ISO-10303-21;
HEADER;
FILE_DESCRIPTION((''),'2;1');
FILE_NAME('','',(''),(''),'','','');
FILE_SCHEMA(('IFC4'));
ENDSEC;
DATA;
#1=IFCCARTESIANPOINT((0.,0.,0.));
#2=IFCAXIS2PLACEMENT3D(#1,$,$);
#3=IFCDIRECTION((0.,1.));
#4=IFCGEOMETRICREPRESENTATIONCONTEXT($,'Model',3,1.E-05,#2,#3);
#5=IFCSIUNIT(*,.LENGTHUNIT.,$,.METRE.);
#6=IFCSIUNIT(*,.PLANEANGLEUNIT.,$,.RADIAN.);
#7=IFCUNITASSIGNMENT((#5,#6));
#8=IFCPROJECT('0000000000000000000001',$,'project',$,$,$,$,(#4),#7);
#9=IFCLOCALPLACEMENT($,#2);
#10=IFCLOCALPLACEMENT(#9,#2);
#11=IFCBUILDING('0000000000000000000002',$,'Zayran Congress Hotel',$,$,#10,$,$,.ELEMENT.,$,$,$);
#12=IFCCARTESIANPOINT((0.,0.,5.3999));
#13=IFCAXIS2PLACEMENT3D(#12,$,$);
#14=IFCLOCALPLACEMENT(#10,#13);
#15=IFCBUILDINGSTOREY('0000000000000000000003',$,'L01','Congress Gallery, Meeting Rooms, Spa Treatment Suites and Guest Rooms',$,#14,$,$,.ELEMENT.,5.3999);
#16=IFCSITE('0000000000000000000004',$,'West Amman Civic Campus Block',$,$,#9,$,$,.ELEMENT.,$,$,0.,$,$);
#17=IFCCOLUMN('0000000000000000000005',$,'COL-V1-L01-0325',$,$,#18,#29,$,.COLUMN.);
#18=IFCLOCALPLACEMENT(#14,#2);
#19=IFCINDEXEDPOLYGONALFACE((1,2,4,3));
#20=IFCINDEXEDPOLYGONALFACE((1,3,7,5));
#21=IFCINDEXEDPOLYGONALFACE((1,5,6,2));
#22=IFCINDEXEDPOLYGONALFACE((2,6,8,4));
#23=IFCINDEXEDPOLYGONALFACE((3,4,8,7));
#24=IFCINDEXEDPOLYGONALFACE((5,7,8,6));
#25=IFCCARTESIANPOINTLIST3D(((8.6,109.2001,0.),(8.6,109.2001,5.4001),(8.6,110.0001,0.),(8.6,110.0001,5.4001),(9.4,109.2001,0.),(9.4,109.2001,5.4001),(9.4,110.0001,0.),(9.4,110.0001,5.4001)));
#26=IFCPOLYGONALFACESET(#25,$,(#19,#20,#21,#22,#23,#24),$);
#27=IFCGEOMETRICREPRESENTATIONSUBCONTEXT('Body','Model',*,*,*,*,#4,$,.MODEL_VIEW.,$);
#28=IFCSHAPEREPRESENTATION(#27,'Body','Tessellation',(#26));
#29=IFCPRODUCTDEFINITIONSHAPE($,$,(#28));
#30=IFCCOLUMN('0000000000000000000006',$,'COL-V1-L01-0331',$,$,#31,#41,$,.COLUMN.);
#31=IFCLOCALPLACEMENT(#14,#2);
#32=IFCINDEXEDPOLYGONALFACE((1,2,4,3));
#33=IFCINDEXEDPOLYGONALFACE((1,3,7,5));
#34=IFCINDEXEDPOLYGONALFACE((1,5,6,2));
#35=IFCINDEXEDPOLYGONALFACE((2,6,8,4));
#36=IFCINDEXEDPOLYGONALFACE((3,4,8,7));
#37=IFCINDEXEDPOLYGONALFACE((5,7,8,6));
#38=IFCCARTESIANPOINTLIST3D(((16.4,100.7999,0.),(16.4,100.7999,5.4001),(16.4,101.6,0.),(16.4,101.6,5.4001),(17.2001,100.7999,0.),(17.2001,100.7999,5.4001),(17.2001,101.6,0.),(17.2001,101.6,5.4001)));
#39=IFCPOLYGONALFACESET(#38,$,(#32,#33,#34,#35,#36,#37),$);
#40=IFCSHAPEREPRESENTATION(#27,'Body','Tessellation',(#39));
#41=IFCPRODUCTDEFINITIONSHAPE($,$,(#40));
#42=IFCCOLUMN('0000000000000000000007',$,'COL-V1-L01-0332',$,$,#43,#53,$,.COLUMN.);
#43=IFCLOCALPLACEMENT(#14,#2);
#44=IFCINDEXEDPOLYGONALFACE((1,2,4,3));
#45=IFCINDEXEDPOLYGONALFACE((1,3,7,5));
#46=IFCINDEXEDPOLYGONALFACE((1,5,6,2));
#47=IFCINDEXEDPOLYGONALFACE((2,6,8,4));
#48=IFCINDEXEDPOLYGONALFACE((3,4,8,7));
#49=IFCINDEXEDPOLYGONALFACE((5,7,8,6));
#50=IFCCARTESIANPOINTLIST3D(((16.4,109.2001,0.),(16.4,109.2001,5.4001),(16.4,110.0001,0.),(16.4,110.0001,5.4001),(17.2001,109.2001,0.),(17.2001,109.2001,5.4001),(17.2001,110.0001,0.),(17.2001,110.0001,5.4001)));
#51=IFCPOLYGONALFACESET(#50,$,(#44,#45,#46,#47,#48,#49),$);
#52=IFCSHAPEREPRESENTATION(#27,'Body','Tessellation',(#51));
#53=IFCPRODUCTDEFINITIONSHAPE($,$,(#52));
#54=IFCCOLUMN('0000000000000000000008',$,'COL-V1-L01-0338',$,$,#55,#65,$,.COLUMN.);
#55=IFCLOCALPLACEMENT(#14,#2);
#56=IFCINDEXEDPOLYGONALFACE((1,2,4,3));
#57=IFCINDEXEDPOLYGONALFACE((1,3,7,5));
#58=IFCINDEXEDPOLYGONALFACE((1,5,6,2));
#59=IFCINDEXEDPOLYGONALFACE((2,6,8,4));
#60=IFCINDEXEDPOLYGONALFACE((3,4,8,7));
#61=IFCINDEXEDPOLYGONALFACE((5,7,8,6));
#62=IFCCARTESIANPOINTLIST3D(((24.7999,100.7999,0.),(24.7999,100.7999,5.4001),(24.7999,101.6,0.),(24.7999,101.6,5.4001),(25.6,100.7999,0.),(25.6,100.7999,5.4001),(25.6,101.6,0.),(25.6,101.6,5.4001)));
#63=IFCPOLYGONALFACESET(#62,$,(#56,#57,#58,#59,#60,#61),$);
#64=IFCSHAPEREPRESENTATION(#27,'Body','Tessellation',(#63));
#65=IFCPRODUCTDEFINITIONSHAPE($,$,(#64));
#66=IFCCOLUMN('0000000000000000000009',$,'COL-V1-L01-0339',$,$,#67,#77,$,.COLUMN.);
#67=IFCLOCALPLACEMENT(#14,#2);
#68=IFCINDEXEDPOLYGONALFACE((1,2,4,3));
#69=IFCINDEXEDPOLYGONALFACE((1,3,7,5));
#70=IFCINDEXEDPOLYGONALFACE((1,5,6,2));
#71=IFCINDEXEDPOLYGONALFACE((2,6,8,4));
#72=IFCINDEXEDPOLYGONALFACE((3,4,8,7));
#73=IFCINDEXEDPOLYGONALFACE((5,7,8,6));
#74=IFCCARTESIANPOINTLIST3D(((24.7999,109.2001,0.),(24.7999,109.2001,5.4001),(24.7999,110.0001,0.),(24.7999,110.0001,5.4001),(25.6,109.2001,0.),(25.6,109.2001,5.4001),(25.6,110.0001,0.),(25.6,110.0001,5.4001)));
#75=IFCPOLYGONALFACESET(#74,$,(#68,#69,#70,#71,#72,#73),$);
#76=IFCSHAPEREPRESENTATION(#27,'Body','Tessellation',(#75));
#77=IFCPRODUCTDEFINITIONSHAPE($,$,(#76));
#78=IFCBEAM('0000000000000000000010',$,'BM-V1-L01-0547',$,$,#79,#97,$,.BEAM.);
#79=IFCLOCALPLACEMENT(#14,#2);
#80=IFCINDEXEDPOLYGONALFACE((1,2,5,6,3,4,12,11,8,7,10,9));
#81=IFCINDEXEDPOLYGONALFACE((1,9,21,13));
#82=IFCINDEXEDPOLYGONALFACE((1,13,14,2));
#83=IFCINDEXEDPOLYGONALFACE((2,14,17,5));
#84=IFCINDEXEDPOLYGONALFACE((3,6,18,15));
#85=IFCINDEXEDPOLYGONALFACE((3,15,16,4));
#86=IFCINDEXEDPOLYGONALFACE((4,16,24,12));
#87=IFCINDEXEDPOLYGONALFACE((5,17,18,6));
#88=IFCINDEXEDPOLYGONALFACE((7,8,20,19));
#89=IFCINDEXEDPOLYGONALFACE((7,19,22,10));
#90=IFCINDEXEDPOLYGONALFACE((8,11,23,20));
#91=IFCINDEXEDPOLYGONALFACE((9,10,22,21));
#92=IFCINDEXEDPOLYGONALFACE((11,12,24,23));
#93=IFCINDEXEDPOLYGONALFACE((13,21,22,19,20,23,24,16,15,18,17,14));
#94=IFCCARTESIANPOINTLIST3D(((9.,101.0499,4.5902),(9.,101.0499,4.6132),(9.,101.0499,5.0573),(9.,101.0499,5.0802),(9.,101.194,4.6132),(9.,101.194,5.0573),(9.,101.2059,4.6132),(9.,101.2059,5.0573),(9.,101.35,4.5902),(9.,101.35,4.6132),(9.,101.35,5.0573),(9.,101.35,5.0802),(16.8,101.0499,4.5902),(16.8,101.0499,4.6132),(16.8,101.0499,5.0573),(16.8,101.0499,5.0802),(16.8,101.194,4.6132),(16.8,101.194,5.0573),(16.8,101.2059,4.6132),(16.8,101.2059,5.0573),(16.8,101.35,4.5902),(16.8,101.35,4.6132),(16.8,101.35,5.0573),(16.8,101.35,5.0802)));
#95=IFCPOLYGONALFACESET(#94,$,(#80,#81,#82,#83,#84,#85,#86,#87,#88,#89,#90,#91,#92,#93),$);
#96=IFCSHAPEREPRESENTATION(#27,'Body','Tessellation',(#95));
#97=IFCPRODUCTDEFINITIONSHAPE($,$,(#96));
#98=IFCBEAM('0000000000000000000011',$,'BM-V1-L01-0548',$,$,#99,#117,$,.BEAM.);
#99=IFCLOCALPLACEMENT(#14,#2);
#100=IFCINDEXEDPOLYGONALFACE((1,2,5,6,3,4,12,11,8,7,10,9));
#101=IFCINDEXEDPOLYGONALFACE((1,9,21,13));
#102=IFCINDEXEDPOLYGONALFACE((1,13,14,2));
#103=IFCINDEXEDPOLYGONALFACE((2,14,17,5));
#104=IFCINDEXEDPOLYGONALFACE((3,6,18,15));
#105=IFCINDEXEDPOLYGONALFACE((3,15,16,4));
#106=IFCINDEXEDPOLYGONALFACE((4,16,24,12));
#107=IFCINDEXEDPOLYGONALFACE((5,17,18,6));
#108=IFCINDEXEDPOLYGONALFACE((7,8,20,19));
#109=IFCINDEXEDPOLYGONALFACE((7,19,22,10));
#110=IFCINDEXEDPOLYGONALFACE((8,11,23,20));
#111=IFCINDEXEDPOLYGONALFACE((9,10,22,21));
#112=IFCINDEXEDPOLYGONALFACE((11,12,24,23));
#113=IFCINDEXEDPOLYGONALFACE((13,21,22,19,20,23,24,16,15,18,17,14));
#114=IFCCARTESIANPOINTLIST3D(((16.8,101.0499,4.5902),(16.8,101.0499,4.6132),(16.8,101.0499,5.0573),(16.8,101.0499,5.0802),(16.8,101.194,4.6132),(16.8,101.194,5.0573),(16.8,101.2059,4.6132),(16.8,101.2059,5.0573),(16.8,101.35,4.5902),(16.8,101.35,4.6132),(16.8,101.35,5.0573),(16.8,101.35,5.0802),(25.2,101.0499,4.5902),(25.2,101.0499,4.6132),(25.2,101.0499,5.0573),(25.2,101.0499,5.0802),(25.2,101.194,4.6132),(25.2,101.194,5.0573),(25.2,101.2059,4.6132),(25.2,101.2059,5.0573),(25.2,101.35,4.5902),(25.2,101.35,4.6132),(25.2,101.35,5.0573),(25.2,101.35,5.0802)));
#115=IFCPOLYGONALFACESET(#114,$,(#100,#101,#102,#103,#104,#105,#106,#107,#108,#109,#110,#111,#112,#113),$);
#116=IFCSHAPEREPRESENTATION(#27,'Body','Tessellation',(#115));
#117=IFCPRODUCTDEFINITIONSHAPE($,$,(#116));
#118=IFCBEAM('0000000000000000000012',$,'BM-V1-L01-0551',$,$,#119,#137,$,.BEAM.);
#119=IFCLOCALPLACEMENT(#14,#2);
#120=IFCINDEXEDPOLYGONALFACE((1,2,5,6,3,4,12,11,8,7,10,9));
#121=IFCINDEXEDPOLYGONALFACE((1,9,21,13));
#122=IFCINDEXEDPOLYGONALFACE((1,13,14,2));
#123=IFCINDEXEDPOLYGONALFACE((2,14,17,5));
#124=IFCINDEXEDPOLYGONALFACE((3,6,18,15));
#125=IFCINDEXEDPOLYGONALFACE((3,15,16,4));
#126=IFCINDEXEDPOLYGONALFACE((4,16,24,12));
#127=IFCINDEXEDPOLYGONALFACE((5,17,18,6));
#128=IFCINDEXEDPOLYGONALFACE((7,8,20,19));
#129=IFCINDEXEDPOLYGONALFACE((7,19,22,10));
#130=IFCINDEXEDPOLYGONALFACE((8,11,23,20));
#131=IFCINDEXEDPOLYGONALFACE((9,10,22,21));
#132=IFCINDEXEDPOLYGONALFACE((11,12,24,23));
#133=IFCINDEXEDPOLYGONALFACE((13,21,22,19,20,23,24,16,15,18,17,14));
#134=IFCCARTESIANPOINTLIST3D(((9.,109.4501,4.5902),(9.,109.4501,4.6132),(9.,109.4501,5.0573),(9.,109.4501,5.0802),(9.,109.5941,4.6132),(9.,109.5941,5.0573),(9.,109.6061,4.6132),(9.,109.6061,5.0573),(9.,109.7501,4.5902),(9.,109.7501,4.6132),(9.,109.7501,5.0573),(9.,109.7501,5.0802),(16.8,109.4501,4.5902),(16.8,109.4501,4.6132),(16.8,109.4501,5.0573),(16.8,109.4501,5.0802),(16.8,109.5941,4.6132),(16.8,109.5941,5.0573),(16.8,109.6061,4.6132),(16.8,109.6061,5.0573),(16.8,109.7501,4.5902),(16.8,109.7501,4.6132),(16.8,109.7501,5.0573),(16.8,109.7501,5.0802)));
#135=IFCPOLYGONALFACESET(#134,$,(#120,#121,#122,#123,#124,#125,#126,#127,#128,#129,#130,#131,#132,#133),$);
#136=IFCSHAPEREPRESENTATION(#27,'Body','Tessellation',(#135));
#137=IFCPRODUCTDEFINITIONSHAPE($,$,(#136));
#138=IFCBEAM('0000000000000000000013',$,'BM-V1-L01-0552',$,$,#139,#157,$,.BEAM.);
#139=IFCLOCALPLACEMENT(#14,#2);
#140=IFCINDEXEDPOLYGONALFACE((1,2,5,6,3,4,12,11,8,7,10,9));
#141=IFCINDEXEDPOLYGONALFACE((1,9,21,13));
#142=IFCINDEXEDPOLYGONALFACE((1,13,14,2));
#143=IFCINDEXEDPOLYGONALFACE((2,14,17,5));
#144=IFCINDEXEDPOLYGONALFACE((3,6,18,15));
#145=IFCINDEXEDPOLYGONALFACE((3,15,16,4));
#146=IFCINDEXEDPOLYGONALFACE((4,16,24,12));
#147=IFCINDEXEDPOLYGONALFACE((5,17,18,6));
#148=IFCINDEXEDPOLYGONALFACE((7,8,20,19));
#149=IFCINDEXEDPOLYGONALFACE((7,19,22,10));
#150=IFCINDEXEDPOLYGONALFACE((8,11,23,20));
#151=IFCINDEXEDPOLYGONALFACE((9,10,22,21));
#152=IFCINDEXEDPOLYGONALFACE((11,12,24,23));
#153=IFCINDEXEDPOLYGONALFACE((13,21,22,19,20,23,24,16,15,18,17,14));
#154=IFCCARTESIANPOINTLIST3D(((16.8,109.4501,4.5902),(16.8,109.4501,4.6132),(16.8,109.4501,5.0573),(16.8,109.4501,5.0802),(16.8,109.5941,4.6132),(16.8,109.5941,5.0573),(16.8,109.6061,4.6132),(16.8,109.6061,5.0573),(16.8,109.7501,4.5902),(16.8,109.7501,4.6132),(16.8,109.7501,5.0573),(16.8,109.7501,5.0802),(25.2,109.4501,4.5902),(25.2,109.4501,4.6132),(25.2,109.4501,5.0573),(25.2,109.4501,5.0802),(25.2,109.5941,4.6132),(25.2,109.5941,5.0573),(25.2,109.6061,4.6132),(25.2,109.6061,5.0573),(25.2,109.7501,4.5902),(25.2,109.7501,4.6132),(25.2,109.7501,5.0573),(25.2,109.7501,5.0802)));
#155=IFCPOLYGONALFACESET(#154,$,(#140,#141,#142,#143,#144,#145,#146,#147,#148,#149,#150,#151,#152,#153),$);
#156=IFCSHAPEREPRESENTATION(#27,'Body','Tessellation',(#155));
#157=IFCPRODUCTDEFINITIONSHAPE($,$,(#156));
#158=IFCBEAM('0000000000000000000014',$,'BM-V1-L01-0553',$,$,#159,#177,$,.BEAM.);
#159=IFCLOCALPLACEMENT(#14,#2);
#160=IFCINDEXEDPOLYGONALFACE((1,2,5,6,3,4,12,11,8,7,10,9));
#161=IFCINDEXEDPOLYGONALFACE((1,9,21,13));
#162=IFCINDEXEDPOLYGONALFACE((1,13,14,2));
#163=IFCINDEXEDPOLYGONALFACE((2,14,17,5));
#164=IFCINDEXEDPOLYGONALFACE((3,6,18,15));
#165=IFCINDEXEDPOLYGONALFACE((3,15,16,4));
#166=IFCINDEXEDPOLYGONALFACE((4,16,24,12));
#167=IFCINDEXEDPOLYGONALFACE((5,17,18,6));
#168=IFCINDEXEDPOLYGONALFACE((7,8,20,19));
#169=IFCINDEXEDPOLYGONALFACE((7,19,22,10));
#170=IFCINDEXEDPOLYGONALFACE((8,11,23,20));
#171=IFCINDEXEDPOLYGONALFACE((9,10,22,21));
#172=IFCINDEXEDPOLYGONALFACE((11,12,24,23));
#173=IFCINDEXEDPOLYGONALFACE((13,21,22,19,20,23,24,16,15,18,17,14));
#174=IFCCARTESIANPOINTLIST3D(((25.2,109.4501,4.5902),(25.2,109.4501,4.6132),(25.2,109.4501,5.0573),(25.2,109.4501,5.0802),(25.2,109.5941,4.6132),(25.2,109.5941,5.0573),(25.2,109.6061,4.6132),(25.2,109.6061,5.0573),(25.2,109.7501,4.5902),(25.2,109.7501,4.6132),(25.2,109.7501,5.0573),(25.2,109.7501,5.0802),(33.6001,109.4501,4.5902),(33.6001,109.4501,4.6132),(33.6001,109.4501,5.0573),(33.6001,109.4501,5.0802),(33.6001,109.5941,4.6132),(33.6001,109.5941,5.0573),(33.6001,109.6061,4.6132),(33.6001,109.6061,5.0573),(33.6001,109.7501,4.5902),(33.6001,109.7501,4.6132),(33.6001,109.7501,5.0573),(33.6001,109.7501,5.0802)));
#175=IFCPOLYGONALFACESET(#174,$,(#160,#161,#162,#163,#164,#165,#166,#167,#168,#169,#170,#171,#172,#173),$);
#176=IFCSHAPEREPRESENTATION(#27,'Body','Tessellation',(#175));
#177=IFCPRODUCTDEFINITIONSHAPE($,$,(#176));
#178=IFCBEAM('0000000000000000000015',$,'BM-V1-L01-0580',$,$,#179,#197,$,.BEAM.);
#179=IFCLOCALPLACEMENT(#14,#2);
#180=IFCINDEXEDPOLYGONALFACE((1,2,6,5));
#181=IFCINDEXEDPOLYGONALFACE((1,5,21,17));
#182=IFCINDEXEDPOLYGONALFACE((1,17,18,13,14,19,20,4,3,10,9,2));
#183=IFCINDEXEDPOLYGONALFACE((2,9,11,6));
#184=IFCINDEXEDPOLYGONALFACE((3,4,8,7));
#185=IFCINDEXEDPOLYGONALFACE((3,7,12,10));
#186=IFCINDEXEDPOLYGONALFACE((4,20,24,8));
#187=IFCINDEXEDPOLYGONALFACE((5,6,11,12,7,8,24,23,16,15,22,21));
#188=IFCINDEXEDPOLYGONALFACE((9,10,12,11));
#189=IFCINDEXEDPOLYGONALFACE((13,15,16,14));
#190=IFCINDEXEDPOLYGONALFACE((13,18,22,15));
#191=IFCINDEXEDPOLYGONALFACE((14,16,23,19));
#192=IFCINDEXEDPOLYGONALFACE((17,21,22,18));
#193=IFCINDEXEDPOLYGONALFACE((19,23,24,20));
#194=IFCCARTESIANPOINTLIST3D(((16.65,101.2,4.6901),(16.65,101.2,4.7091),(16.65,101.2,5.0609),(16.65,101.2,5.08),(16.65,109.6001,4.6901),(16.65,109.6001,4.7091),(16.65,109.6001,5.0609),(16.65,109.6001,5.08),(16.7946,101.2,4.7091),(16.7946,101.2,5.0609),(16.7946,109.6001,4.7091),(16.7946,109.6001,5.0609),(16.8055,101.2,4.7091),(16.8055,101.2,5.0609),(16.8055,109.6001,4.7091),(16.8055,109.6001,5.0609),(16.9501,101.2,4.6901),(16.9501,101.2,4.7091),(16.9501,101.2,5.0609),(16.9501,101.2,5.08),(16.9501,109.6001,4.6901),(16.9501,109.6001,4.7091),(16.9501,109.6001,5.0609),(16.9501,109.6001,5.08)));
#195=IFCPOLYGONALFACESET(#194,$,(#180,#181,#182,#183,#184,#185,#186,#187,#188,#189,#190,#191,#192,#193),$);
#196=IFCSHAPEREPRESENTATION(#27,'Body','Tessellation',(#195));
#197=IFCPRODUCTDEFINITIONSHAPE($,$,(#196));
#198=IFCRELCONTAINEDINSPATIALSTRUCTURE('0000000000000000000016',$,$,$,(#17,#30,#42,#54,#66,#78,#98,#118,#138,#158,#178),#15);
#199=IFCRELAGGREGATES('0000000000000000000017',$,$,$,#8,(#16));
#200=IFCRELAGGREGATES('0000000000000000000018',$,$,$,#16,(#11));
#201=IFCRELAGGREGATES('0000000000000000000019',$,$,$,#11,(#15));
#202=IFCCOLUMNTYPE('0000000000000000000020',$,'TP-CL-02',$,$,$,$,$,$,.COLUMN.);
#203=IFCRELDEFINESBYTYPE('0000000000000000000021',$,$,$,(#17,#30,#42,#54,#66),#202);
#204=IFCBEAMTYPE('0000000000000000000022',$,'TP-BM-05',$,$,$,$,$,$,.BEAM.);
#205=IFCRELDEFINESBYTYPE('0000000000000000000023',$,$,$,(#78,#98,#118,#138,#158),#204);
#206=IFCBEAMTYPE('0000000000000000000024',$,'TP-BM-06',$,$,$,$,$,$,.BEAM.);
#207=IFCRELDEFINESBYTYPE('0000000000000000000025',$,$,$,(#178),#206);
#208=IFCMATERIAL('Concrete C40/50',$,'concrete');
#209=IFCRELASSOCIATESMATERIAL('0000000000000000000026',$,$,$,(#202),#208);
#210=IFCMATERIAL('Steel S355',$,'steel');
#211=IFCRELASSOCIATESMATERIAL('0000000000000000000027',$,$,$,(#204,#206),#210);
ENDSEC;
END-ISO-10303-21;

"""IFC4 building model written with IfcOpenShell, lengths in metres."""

from ifc_helpers import new_model, si_unit, direction, frame, origin, origin_2d, place, context, subcontext, project, spatial, rectangle, i_section, extrude, material, material_profile, profile_set, type_object, element, save


model = new_model("IFC4")

# Units and contexts
model_context = context("Model", 3, precision=1e-05, world=origin(), true_north=direction((0.0, 1.0)))
body_context = subcontext(model_context, "Body", "Model", "MODEL_VIEW")
ifc_project = project(units=[si_unit("LENGTHUNIT", "METRE"), si_unit("PLANEANGLEUNIT", "RADIAN")], contexts=[model_context])

# Site, building, storey
site_placement = place(None, origin())
site = spatial("IfcSite", under=ifc_project, at=site_placement, Name="West Amman Civic Campus Block", CompositionType="ELEMENT", RefElevation=0.0)
building_placement = place(site_placement, origin())
building = spatial("IfcBuilding", under=site, at=building_placement, Name="Zayran Congress Hotel", CompositionType="ELEMENT")
storey_placement = place(building_placement, frame((0.0, 0.0, 5.3999)))
storey = spatial("IfcBuildingStorey", under=building, at=storey_placement, Name="L01", Description="Congress Gallery, Meeting Rooms, Spa Treatment Suites and Guest Rooms", CompositionType="ELEMENT", Elevation=5.3999)

# Columns
ifc_material_1 = material(Name="Concrete C40/50", Category="concrete")
ifc_material_profile_1 = material_profile(ifc_material_1, rectangle(XDim=0.8, YDim=0.8, at=origin_2d()), Name="RC 800x800")
ifc_profile_set_1 = profile_set([ifc_material_profile_1], Name="Concrete C40/50")
column_type = type_object("IfcColumnType", Name="TP-CL-02", PredefinedType="COLUMN", material=ifc_profile_set_1)
for number, where, z_axis, x_axis, name in (
    (1, (9.0, 109.6001, 0.0), (0.0, 0.0, 1.0), (1.0, 0.0, 0.0), "COL-V1-L01-0325"),
    (2, (16.8, 101.2, 0.0), (0.0, 0.0, 1.0), (1.0, 0.0, 0.0), "COL-V1-L01-0331"),
    (3, (16.8, 109.6001, 0.0), (0.0, 0.0, 1.0), (1.0, 0.0, 0.0), "COL-V1-L01-0332"),
    (4, (25.2, 101.2, 0.0), (0.0, 0.0, 1.0), (1.0, 0.0, 0.0), "COL-V1-L01-0338"),
    (5, (25.2, 109.6001, 0.0), (0.0, 0.0, 1.0), (1.0, 0.0, 0.0), "COL-V1-L01-0339"),
):
    element("IfcColumn", number, at=place(storey_placement, frame(where, z_axis=z_axis, x_axis=x_axis)), inside=storey, type_object=column_type, Name=name, PredefinedType="COLUMN", context=body_context, shape_type="SweptSolid", body=[
        extrude(rectangle(XDim=0.8, YDim=0.8, at=origin_2d()), origin(), (0.0, 0.0, 1.0), 5.4001),
    ])

# Beams
ifc_material_2 = material(Name="Steel S355", Category="steel")
ifc_material_profile_2 = material_profile(ifc_material_2, i_section(OverallWidth=0.3, OverallDepth=0.49, WebThickness=0.012, FlangeThickness=0.0229, at=origin_2d()), Name="HEA 500")
ifc_profile_set_2 = profile_set([ifc_material_profile_2], Name="Steel S355")
beam_type_1 = type_object("IfcBeamType", Name="TP-BM-05", PredefinedType="BEAM", material=ifc_profile_set_2)
beam_1_placement = place(storey_placement, frame((9.0, 101.2, 4.8352), z_axis=(1.0, 0.0, 0.0), x_axis=(0.0, 1.0, 0.0)))
element("IfcBeam", 6, at=beam_1_placement, inside=storey, type_object=beam_type_1, Name="BM-V1-L01-0547", PredefinedType="BEAM", context=body_context, shape_type="SweptSolid", body=[
    extrude(i_section(OverallWidth=0.3, OverallDepth=0.49, WebThickness=0.012, FlangeThickness=0.0229, at=origin_2d()), origin(), (0.0, 0.0, 1.0), 7.8),
])
beam_2_placement = place(storey_placement, frame((16.8, 101.2, 4.8352), z_axis=(1.0, 0.0, 0.0), x_axis=(0.0, 1.0, 0.0)))
element("IfcBeam", 7, at=beam_2_placement, inside=storey, type_object=beam_type_1, Name="BM-V1-L01-0548", PredefinedType="BEAM", context=body_context, shape_type="SweptSolid", body=[
    extrude(i_section(OverallWidth=0.3, OverallDepth=0.49, WebThickness=0.012, FlangeThickness=0.0229, at=origin_2d()), origin(), (0.0, 0.0, 1.0), 8.3999),
])
beam_3_placement = place(storey_placement, frame((9.0, 109.6001, 4.8352), z_axis=(1.0, 0.0, 0.0), x_axis=(0.0, 1.0, 0.0)))
element("IfcBeam", 8, at=beam_3_placement, inside=storey, type_object=beam_type_1, Name="BM-V1-L01-0551", PredefinedType="BEAM", context=body_context, shape_type="SweptSolid", body=[
    extrude(i_section(OverallWidth=0.3, OverallDepth=0.49, WebThickness=0.012, FlangeThickness=0.0229, at=origin_2d()), origin(), (0.0, 0.0, 1.0), 7.8),
])
beam_4_placement = place(storey_placement, frame((16.8, 109.6001, 4.8352), z_axis=(1.0, 0.0, 0.0), x_axis=(0.0, 1.0, 0.0)))
element("IfcBeam", 9, at=beam_4_placement, inside=storey, type_object=beam_type_1, Name="BM-V1-L01-0552", PredefinedType="BEAM", context=body_context, shape_type="SweptSolid", body=[
    extrude(i_section(OverallWidth=0.3, OverallDepth=0.49, WebThickness=0.012, FlangeThickness=0.0229, at=origin_2d()), origin(), (0.0, 0.0, 1.0), 8.3999),
])
beam_5_placement = place(storey_placement, frame((25.2, 109.6001, 4.8352), z_axis=(1.0, 0.0, 0.0), x_axis=(0.0, 1.0, 0.0)))
element("IfcBeam", 10, at=beam_5_placement, inside=storey, type_object=beam_type_1, Name="BM-V1-L01-0553", PredefinedType="BEAM", context=body_context, shape_type="SweptSolid", body=[
    extrude(i_section(OverallWidth=0.3, OverallDepth=0.49, WebThickness=0.012, FlangeThickness=0.0229, at=origin_2d()), origin(), (0.0, 0.0, 1.0), 8.4001),
])
ifc_material_profile_3 = material_profile(ifc_material_2, i_section(OverallWidth=0.3, OverallDepth=0.3899, WebThickness=0.011, FlangeThickness=0.019, at=origin_2d()), Name="HEA 400")
ifc_profile_set_3 = profile_set([ifc_material_profile_3], Name="Steel S355")
beam_type_2 = type_object("IfcBeamType", Name="TP-BM-06", PredefinedType="BEAM", material=ifc_profile_set_3)
for number, where, z_axis, x_axis, name in (
    (11, (16.8, 101.2, 4.885), (0.0, 1.0, 0.0), (-1.0, 0.0, 0.0), "BM-V1-L01-0580"),
):
    element("IfcBeam", number, at=place(storey_placement, frame(where, z_axis=z_axis, x_axis=x_axis)), inside=storey, type_object=beam_type_2, Name=name, PredefinedType="BEAM", context=body_context, shape_type="SweptSolid", body=[
        extrude(i_section(OverallWidth=0.3, OverallDepth=0.3899, WebThickness=0.011, FlangeThickness=0.019, at=origin_2d()), origin(), (0.0, 0.0, 1.0), 8.4001),
    ])

save(model, "model.ifc")
